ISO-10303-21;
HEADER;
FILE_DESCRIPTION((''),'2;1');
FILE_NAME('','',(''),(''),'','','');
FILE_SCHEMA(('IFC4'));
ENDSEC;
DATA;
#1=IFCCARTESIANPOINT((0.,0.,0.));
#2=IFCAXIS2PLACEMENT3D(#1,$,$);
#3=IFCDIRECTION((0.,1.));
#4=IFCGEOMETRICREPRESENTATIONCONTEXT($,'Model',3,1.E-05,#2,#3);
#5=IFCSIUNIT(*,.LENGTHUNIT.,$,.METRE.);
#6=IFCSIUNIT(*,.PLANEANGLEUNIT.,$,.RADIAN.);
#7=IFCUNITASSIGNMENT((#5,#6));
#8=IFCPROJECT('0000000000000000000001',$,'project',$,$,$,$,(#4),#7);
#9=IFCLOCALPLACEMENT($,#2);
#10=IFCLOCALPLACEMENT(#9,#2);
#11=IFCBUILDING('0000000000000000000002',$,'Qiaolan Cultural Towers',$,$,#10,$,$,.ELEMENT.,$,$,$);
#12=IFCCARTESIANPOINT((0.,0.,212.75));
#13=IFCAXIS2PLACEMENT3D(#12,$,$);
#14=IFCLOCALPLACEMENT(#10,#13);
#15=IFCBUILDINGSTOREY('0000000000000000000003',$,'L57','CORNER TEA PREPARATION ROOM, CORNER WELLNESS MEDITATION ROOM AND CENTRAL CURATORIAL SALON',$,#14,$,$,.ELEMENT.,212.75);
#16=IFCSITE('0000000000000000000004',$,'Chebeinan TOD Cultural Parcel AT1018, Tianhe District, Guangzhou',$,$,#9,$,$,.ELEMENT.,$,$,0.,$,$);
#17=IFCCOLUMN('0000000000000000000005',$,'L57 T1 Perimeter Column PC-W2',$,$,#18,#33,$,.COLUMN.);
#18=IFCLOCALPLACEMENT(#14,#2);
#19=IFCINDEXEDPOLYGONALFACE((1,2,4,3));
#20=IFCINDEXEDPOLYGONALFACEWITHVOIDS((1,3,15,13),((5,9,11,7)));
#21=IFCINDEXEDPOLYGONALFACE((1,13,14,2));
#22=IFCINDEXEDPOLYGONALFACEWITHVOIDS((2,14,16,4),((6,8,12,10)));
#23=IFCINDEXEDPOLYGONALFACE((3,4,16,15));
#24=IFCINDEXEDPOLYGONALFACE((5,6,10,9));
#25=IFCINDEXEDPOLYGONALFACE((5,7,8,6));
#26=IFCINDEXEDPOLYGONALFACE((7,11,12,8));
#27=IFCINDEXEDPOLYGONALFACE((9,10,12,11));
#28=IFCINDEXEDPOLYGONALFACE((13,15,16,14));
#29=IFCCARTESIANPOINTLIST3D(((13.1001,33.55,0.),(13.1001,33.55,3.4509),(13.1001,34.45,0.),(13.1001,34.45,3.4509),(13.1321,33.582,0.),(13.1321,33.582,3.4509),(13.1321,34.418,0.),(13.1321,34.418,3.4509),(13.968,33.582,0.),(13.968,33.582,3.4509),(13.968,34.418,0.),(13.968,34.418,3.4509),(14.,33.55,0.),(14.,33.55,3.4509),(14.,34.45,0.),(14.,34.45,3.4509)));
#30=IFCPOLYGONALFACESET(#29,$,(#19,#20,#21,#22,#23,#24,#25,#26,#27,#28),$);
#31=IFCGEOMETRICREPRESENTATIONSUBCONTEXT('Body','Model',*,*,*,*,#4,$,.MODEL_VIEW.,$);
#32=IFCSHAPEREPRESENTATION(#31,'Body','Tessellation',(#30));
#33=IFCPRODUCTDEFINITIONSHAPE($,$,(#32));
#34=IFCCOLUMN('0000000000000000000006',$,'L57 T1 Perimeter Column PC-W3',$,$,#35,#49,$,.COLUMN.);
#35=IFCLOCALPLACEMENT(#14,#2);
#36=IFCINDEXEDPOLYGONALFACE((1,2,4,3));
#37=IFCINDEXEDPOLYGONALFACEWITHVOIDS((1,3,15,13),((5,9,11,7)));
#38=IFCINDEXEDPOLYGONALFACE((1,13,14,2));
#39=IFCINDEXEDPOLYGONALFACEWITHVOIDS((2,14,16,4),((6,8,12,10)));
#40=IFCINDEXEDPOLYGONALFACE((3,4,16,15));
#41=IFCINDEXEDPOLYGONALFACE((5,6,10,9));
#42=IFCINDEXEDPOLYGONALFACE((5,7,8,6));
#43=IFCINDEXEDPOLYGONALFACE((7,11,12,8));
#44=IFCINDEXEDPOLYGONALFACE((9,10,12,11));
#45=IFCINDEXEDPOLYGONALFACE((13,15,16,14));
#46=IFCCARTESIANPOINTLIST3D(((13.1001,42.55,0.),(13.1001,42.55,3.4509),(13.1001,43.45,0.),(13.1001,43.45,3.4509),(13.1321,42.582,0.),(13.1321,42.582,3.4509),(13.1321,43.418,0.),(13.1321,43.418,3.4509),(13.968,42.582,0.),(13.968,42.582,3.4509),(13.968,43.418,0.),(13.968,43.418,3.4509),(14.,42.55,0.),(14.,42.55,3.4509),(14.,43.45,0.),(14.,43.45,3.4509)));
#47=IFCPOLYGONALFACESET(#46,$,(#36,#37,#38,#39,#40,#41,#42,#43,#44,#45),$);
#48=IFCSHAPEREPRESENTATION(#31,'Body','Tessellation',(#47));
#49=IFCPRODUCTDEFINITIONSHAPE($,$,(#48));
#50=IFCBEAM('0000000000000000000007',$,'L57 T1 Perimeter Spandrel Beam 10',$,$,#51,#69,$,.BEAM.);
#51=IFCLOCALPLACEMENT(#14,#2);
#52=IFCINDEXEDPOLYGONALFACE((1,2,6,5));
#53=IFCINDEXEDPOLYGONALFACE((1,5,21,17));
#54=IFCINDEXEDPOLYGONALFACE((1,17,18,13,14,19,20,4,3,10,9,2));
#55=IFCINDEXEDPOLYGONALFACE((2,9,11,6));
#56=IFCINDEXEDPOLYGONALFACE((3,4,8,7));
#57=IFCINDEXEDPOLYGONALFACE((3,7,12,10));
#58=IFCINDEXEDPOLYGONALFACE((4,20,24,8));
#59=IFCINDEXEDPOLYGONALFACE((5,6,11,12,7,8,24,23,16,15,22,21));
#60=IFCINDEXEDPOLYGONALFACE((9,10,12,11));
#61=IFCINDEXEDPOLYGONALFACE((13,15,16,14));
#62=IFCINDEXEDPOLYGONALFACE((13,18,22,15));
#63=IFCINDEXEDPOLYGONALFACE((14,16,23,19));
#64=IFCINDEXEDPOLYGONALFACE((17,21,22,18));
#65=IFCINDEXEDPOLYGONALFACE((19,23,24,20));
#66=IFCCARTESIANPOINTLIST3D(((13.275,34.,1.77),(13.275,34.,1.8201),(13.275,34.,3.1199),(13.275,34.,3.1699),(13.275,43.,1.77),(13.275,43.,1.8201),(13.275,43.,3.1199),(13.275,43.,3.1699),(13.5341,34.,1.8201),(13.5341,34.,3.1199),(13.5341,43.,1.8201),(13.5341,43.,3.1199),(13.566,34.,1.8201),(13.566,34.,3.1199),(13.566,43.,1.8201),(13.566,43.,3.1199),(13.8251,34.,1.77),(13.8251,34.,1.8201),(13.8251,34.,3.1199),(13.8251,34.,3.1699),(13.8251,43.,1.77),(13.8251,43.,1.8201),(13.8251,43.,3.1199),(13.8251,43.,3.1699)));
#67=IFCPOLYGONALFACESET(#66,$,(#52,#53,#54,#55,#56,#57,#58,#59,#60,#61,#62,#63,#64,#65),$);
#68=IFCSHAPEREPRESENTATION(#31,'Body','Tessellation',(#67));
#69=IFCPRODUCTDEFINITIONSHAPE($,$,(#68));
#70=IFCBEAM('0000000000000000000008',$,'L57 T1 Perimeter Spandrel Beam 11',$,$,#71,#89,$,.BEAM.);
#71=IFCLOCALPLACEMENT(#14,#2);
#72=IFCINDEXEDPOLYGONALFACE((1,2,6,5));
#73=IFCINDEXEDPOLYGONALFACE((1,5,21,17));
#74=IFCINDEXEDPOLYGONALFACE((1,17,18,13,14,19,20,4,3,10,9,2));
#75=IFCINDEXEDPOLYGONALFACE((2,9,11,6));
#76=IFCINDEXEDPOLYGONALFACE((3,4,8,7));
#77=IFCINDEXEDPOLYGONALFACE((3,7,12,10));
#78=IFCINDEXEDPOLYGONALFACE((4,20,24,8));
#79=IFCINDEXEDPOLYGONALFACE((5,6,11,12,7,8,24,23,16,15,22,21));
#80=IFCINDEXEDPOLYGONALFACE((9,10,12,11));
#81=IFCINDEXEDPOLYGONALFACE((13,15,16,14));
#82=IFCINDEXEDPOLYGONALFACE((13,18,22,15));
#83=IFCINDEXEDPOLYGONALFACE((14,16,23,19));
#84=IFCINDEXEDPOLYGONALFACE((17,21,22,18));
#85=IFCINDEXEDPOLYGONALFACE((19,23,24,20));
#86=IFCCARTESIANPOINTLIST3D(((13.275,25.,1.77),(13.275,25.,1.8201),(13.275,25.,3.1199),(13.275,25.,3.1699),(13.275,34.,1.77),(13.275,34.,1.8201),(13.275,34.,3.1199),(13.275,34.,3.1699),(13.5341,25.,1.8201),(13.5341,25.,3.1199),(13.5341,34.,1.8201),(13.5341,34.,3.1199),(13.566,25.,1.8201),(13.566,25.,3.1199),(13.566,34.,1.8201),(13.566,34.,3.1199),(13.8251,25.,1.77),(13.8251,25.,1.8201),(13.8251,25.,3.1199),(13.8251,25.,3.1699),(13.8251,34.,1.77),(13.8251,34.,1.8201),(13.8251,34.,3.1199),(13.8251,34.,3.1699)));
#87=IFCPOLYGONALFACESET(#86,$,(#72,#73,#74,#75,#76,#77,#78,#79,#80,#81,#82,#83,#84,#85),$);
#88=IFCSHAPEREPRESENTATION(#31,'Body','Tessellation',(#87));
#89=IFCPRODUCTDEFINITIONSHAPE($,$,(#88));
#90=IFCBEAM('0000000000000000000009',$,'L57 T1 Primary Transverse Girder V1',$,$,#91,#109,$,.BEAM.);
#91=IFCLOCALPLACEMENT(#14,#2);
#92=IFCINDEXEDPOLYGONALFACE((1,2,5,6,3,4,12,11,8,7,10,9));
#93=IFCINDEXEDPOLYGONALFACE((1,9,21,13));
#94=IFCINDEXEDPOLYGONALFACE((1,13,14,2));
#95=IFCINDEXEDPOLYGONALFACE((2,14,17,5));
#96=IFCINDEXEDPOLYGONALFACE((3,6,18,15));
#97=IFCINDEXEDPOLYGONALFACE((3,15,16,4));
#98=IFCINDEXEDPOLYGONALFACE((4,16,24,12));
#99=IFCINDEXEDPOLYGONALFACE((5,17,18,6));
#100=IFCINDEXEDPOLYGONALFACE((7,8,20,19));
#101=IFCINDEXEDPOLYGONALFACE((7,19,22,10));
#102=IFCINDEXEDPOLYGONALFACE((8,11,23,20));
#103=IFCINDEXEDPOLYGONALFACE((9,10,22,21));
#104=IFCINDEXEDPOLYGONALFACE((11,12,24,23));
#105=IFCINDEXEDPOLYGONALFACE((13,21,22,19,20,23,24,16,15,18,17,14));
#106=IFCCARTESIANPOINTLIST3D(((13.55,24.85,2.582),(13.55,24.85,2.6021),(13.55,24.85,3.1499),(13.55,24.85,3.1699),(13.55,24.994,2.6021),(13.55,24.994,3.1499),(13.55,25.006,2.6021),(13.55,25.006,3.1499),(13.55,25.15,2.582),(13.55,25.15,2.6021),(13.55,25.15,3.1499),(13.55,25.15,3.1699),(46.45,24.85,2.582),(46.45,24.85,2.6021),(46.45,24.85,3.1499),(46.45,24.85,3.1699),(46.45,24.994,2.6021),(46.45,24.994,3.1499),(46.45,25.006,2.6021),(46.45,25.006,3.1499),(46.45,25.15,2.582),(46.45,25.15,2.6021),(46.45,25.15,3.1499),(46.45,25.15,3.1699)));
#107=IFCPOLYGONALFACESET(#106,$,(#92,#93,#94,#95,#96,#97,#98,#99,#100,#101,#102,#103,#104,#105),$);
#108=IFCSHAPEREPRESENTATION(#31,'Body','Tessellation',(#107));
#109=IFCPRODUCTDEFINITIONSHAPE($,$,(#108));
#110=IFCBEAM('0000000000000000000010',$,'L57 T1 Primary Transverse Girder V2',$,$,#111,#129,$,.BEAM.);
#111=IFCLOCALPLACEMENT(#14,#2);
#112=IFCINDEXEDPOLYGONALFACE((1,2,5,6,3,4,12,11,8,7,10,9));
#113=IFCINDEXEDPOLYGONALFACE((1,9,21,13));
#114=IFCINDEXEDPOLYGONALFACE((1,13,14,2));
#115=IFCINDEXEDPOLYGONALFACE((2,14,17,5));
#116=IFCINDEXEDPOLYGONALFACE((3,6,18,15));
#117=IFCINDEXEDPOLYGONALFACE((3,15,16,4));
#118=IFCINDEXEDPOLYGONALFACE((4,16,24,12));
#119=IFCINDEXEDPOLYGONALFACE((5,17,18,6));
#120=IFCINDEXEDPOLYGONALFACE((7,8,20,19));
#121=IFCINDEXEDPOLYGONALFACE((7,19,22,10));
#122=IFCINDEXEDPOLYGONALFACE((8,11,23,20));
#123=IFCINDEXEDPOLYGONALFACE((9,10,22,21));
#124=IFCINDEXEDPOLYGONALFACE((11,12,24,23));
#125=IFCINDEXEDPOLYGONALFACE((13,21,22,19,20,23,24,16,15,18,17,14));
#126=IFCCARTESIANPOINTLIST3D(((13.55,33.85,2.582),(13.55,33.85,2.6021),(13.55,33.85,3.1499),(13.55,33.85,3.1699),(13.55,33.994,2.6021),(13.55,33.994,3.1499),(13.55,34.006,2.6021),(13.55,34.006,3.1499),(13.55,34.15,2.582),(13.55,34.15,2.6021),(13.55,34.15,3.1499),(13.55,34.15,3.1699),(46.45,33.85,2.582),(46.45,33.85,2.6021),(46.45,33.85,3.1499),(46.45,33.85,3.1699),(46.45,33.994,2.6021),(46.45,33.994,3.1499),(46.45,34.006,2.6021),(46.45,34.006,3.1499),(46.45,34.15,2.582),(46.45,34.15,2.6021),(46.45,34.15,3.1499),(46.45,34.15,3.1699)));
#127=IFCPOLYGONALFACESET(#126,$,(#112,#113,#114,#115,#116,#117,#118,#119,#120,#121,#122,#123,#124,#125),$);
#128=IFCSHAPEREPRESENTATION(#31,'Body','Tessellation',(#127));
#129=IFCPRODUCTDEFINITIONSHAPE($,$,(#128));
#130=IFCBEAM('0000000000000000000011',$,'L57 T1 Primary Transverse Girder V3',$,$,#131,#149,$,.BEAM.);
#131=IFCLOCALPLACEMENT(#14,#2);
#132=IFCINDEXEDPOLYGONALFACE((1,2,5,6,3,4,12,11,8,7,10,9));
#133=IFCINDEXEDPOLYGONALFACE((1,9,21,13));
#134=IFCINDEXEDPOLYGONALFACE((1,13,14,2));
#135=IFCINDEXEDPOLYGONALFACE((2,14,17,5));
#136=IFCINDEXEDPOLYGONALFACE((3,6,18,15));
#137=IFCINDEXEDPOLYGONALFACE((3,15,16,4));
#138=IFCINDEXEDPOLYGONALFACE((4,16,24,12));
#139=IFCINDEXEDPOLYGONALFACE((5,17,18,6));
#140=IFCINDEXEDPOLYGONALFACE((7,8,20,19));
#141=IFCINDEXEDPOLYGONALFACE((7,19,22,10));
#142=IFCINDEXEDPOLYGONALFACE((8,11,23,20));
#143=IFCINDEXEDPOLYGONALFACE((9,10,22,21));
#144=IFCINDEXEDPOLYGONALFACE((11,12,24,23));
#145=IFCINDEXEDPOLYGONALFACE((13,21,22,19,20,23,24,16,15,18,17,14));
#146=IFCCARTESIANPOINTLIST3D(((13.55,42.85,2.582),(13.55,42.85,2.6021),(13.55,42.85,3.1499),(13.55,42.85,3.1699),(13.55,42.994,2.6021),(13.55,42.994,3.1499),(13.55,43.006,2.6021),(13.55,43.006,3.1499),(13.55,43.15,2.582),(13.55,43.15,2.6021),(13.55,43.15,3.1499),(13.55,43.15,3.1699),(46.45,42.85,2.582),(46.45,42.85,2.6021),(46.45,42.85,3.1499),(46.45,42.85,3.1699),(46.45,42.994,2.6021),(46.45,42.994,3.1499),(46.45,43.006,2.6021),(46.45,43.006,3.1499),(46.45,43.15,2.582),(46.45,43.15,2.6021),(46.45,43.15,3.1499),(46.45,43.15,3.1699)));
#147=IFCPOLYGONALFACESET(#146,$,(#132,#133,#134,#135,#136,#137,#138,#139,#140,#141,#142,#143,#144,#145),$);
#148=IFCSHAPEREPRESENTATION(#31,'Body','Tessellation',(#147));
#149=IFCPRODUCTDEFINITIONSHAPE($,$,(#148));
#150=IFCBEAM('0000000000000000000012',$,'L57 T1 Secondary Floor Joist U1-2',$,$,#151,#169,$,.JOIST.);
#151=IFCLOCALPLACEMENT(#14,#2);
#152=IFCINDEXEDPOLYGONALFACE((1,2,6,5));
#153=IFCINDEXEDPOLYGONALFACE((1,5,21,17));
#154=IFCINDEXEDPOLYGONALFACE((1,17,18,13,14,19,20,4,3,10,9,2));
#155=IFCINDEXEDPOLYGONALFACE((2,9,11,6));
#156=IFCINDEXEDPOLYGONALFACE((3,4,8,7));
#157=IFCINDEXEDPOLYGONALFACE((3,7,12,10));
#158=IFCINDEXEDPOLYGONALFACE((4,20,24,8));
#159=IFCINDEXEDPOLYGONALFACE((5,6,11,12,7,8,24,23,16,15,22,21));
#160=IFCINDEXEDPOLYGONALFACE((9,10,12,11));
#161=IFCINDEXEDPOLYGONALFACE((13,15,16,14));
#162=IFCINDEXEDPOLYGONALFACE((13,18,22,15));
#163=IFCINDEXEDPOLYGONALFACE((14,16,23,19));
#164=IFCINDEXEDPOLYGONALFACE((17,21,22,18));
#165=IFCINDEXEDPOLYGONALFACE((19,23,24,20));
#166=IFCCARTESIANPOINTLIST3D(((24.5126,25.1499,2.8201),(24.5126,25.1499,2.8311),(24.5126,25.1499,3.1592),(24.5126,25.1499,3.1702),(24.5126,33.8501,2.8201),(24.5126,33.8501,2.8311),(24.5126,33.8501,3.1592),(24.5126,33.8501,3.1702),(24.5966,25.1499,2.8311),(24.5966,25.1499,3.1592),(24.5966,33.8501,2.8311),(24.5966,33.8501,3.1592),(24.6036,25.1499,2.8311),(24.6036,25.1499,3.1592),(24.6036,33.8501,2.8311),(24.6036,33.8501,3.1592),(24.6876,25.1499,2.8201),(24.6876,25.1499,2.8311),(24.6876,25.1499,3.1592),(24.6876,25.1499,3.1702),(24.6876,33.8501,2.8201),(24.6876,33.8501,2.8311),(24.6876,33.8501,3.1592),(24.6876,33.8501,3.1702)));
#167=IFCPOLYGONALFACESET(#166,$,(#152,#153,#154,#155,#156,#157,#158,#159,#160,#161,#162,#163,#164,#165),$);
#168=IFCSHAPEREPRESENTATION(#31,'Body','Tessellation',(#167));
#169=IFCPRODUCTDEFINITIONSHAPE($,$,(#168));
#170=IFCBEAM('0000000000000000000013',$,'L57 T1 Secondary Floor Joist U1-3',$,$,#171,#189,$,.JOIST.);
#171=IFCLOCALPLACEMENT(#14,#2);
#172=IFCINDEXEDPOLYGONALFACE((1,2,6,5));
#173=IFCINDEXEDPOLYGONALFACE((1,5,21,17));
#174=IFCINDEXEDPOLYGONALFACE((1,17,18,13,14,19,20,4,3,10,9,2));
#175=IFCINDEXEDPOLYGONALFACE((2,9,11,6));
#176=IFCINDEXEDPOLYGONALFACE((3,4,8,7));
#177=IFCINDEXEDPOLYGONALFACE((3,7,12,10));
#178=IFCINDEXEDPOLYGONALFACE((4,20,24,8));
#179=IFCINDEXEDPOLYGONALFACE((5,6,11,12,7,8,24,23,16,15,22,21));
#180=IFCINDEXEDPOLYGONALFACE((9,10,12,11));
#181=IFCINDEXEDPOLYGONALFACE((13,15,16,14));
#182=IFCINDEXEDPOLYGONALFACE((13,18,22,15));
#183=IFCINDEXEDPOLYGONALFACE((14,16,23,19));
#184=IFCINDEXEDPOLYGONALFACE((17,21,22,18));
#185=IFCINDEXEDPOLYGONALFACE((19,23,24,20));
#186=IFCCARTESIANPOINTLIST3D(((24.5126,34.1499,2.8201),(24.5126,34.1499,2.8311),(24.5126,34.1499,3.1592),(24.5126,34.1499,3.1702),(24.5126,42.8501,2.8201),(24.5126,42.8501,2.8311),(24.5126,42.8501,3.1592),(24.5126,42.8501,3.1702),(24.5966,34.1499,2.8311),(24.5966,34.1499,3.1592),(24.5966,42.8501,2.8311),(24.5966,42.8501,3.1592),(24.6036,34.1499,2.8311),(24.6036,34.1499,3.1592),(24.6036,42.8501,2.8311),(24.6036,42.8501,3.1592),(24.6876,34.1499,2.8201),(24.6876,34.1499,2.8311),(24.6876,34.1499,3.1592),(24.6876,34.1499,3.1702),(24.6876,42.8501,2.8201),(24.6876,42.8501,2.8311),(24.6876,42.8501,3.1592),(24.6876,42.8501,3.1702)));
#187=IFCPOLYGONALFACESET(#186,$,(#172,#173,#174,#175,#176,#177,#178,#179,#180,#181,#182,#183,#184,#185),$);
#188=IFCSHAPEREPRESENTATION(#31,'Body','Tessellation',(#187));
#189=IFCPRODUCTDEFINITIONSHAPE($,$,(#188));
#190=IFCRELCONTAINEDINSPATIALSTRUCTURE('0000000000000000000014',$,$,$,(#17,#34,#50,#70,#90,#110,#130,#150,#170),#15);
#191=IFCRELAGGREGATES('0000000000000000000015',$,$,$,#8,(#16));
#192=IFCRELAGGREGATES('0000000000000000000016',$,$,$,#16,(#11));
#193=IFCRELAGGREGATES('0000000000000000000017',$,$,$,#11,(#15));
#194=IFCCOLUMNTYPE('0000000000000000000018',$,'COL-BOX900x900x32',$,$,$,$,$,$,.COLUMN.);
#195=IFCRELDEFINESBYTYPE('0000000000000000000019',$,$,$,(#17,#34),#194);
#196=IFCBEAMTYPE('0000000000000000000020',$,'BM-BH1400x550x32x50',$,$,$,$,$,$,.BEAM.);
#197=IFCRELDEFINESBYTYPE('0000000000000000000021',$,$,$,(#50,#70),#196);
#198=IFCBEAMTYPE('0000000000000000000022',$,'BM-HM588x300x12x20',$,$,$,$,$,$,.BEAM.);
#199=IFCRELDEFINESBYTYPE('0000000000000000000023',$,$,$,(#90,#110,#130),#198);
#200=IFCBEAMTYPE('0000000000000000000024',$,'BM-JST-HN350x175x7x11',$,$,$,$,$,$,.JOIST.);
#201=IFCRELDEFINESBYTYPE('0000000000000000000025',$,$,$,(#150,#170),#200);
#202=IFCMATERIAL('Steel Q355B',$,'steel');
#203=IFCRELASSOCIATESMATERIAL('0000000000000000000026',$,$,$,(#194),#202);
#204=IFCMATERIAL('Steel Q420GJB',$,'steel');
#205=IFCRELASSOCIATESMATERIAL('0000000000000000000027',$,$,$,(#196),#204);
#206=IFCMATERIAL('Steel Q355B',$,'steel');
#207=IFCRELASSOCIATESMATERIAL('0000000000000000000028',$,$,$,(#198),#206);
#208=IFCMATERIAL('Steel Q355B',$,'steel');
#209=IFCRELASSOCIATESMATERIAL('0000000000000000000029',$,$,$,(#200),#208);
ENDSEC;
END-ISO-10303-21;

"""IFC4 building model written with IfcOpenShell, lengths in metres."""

from ifc_helpers import new_model, si_unit, direction, frame, origin, origin_2d, place, context, subcontext, project, spatial, hollow_rectangle, i_section, extrude, material, material_profile, profile_set, type_object, element, save


model = new_model("IFC4")

# Units and contexts
model_context = context("Model", 3, precision=1e-05, world=origin(), true_north=direction((0.0, 1.0)))
body_context = subcontext(model_context, "Body", "Model", "MODEL_VIEW")
ifc_project = project(units=[si_unit("LENGTHUNIT", "METRE"), si_unit("PLANEANGLEUNIT", "RADIAN")], contexts=[model_context])

# Site, building, storey
site_placement = place(None, origin())
site = spatial("IfcSite", under=ifc_project, at=site_placement, Name="Chebeinan TOD Cultural Parcel AT1018, Tianhe District, Guangzhou", CompositionType="ELEMENT", RefElevation=0.0)
building_placement = place(site_placement, origin())
building = spatial("IfcBuilding", under=site, at=building_placement, Name="Qiaolan Cultural Towers", CompositionType="ELEMENT")
storey_placement = place(building_placement, frame((0.0, 0.0, 212.75)))
storey = spatial("IfcBuildingStorey", under=building, at=storey_placement, Name="L57", Description="CORNER TEA PREPARATION ROOM, CORNER WELLNESS MEDITATION ROOM AND CENTRAL CURATORIAL SALON", CompositionType="ELEMENT", Elevation=212.75)

# Columns
ifc_material_1 = material(Name="Steel Q355B", Category="steel")
ifc_material_profile_1 = material_profile(ifc_material_1, hollow_rectangle(XDim=0.8999, YDim=0.8999, WallThickness=0.032, at=origin_2d()), Name="BOX900x900x32")
ifc_profile_set_1 = profile_set([ifc_material_profile_1], Name="Steel Q355B")
column_type = type_object("IfcColumnType", Name="COL-BOX900x900x32", PredefinedType="COLUMN", material=ifc_profile_set_1)
for number, where, z_axis, x_axis, name in (
    (1, (13.55, 34.0, 0.0), (0.0, 0.0, 1.0), (1.0, 0.0, 0.0), "L57 T1 Perimeter Column PC-W2"),
    (2, (13.55, 43.0, 0.0), (0.0, 0.0, 1.0), (1.0, 0.0, 0.0), "L57 T1 Perimeter Column PC-W3"),
):
    element("IfcColumn", number, at=place(storey_placement, frame(where, z_axis=z_axis, x_axis=x_axis)), inside=storey, type_object=column_type, Name=name, PredefinedType="COLUMN", context=body_context, shape_type="SweptSolid", body=[
        extrude(hollow_rectangle(XDim=0.8999, YDim=0.8999, WallThickness=0.032, at=origin_2d()), origin(), (0.0, 0.0, 1.0), 3.4509),
    ])

# Beams
ifc_material_2 = material(Name="Steel Q420GJB", Category="steel")
ifc_material_profile_2 = material_profile(ifc_material_2, i_section(OverallWidth=0.55, OverallDepth=1.3999, WebThickness=0.032, FlangeThickness=0.05, at=origin_2d()), Name="BH1400x550x32x50")
ifc_profile_set_2 = profile_set([ifc_material_profile_2], Name="Steel Q420GJB")
beam_type_1 = type_object("IfcBeamType", Name="BM-BH1400x550x32x50", PredefinedType="BEAM", material=ifc_profile_set_2)
for number, where, z_axis, x_axis, name in (
    (3, (13.55, 43.0, 2.47), (0.0, -1.0, 0.0), (1.0, 0.0, 0.0), "L57 T1 Perimeter Spandrel Beam 10"),
    (4, (13.55, 34.0, 2.47), (0.0, -1.0, 0.0), (1.0, 0.0, 0.0), "L57 T1 Perimeter Spandrel Beam 11"),
):
    element("IfcBeam", number, at=place(storey_placement, frame(where, z_axis=z_axis, x_axis=x_axis)), inside=storey, type_object=beam_type_1, Name=name, PredefinedType="BEAM", context=body_context, shape_type="SweptSolid", body=[
        extrude(i_section(OverallWidth=0.55, OverallDepth=1.3999, WebThickness=0.032, FlangeThickness=0.05, at=origin_2d()), origin(), (0.0, 0.0, 1.0), 9.0),
    ])
ifc_material_3 = material(Name="Steel Q355B", Category="steel")
ifc_material_profile_3 = material_profile(ifc_material_3, i_section(OverallWidth=0.3, OverallDepth=0.5879, WebThickness=0.012, FlangeThickness=0.02, at=origin_2d()), Name="HM588x300x12x20")
ifc_profile_set_3 = profile_set([ifc_material_profile_3], Name="Steel Q355B")
beam_type_2 = type_object("IfcBeamType", Name="BM-HM588x300x12x20", PredefinedType="BEAM", material=ifc_profile_set_3)
for number, where, z_axis, x_axis, name in (
    (5, (13.55, 25.0, 2.876), (1.0, 0.0, 0.0), (0.0, 1.0, 0.0), "L57 T1 Primary Transverse Girder V1"),
    (6, (13.55, 34.0, 2.876), (1.0, 0.0, 0.0), (0.0, 1.0, 0.0), "L57 T1 Primary Transverse Girder V2"),
    (7, (13.55, 43.0, 2.876), (1.0, 0.0, 0.0), (0.0, 1.0, 0.0), "L57 T1 Primary Transverse Girder V3"),
):
    element("IfcBeam", number, at=place(storey_placement, frame(where, z_axis=z_axis, x_axis=x_axis)), inside=storey, type_object=beam_type_2, Name=name, PredefinedType="BEAM", context=body_context, shape_type="SweptSolid", body=[
        extrude(i_section(OverallWidth=0.3, OverallDepth=0.5879, WebThickness=0.012, FlangeThickness=0.02, at=origin_2d()), origin(), (0.0, 0.0, 1.0), 32.8999),
    ])
ifc_material_4 = material(Name="Steel Q355B", Category="steel")
ifc_material_profile_4 = material_profile(ifc_material_4, i_section(OverallWidth=0.175, OverallDepth=0.3501, WebThickness=0.0071, FlangeThickness=0.011, at=origin_2d()), Name="HN350x175x7x11")
ifc_profile_set_4 = profile_set([ifc_material_profile_4], Name="Steel Q355B")
beam_type_3 = type_object("IfcBeamType", Name="BM-JST-HN350x175x7x11", PredefinedType="JOIST", material=ifc_profile_set_4)
for number, where, z_axis, x_axis, name in (
    (8, (24.6001, 25.1499, 2.9951), (0.0, 1.0, 0.0), (-1.0, 0.0, 0.0), "L57 T1 Secondary Floor Joist U1-2"),
    (9, (24.6001, 34.1499, 2.9951), (0.0, 1.0, 0.0), (-1.0, 0.0, 0.0), "L57 T1 Secondary Floor Joist U1-3"),
):
    element("IfcBeam", number, at=place(storey_placement, frame(where, z_axis=z_axis, x_axis=x_axis)), inside=storey, type_object=beam_type_3, Name=name, PredefinedType="JOIST", context=body_context, shape_type="SweptSolid", body=[
        extrude(i_section(OverallWidth=0.175, OverallDepth=0.3501, WebThickness=0.0071, FlangeThickness=0.011, at=origin_2d()), origin(), (0.0, 0.0, 1.0), 8.7002),
    ])

save(model, "model.ifc")
